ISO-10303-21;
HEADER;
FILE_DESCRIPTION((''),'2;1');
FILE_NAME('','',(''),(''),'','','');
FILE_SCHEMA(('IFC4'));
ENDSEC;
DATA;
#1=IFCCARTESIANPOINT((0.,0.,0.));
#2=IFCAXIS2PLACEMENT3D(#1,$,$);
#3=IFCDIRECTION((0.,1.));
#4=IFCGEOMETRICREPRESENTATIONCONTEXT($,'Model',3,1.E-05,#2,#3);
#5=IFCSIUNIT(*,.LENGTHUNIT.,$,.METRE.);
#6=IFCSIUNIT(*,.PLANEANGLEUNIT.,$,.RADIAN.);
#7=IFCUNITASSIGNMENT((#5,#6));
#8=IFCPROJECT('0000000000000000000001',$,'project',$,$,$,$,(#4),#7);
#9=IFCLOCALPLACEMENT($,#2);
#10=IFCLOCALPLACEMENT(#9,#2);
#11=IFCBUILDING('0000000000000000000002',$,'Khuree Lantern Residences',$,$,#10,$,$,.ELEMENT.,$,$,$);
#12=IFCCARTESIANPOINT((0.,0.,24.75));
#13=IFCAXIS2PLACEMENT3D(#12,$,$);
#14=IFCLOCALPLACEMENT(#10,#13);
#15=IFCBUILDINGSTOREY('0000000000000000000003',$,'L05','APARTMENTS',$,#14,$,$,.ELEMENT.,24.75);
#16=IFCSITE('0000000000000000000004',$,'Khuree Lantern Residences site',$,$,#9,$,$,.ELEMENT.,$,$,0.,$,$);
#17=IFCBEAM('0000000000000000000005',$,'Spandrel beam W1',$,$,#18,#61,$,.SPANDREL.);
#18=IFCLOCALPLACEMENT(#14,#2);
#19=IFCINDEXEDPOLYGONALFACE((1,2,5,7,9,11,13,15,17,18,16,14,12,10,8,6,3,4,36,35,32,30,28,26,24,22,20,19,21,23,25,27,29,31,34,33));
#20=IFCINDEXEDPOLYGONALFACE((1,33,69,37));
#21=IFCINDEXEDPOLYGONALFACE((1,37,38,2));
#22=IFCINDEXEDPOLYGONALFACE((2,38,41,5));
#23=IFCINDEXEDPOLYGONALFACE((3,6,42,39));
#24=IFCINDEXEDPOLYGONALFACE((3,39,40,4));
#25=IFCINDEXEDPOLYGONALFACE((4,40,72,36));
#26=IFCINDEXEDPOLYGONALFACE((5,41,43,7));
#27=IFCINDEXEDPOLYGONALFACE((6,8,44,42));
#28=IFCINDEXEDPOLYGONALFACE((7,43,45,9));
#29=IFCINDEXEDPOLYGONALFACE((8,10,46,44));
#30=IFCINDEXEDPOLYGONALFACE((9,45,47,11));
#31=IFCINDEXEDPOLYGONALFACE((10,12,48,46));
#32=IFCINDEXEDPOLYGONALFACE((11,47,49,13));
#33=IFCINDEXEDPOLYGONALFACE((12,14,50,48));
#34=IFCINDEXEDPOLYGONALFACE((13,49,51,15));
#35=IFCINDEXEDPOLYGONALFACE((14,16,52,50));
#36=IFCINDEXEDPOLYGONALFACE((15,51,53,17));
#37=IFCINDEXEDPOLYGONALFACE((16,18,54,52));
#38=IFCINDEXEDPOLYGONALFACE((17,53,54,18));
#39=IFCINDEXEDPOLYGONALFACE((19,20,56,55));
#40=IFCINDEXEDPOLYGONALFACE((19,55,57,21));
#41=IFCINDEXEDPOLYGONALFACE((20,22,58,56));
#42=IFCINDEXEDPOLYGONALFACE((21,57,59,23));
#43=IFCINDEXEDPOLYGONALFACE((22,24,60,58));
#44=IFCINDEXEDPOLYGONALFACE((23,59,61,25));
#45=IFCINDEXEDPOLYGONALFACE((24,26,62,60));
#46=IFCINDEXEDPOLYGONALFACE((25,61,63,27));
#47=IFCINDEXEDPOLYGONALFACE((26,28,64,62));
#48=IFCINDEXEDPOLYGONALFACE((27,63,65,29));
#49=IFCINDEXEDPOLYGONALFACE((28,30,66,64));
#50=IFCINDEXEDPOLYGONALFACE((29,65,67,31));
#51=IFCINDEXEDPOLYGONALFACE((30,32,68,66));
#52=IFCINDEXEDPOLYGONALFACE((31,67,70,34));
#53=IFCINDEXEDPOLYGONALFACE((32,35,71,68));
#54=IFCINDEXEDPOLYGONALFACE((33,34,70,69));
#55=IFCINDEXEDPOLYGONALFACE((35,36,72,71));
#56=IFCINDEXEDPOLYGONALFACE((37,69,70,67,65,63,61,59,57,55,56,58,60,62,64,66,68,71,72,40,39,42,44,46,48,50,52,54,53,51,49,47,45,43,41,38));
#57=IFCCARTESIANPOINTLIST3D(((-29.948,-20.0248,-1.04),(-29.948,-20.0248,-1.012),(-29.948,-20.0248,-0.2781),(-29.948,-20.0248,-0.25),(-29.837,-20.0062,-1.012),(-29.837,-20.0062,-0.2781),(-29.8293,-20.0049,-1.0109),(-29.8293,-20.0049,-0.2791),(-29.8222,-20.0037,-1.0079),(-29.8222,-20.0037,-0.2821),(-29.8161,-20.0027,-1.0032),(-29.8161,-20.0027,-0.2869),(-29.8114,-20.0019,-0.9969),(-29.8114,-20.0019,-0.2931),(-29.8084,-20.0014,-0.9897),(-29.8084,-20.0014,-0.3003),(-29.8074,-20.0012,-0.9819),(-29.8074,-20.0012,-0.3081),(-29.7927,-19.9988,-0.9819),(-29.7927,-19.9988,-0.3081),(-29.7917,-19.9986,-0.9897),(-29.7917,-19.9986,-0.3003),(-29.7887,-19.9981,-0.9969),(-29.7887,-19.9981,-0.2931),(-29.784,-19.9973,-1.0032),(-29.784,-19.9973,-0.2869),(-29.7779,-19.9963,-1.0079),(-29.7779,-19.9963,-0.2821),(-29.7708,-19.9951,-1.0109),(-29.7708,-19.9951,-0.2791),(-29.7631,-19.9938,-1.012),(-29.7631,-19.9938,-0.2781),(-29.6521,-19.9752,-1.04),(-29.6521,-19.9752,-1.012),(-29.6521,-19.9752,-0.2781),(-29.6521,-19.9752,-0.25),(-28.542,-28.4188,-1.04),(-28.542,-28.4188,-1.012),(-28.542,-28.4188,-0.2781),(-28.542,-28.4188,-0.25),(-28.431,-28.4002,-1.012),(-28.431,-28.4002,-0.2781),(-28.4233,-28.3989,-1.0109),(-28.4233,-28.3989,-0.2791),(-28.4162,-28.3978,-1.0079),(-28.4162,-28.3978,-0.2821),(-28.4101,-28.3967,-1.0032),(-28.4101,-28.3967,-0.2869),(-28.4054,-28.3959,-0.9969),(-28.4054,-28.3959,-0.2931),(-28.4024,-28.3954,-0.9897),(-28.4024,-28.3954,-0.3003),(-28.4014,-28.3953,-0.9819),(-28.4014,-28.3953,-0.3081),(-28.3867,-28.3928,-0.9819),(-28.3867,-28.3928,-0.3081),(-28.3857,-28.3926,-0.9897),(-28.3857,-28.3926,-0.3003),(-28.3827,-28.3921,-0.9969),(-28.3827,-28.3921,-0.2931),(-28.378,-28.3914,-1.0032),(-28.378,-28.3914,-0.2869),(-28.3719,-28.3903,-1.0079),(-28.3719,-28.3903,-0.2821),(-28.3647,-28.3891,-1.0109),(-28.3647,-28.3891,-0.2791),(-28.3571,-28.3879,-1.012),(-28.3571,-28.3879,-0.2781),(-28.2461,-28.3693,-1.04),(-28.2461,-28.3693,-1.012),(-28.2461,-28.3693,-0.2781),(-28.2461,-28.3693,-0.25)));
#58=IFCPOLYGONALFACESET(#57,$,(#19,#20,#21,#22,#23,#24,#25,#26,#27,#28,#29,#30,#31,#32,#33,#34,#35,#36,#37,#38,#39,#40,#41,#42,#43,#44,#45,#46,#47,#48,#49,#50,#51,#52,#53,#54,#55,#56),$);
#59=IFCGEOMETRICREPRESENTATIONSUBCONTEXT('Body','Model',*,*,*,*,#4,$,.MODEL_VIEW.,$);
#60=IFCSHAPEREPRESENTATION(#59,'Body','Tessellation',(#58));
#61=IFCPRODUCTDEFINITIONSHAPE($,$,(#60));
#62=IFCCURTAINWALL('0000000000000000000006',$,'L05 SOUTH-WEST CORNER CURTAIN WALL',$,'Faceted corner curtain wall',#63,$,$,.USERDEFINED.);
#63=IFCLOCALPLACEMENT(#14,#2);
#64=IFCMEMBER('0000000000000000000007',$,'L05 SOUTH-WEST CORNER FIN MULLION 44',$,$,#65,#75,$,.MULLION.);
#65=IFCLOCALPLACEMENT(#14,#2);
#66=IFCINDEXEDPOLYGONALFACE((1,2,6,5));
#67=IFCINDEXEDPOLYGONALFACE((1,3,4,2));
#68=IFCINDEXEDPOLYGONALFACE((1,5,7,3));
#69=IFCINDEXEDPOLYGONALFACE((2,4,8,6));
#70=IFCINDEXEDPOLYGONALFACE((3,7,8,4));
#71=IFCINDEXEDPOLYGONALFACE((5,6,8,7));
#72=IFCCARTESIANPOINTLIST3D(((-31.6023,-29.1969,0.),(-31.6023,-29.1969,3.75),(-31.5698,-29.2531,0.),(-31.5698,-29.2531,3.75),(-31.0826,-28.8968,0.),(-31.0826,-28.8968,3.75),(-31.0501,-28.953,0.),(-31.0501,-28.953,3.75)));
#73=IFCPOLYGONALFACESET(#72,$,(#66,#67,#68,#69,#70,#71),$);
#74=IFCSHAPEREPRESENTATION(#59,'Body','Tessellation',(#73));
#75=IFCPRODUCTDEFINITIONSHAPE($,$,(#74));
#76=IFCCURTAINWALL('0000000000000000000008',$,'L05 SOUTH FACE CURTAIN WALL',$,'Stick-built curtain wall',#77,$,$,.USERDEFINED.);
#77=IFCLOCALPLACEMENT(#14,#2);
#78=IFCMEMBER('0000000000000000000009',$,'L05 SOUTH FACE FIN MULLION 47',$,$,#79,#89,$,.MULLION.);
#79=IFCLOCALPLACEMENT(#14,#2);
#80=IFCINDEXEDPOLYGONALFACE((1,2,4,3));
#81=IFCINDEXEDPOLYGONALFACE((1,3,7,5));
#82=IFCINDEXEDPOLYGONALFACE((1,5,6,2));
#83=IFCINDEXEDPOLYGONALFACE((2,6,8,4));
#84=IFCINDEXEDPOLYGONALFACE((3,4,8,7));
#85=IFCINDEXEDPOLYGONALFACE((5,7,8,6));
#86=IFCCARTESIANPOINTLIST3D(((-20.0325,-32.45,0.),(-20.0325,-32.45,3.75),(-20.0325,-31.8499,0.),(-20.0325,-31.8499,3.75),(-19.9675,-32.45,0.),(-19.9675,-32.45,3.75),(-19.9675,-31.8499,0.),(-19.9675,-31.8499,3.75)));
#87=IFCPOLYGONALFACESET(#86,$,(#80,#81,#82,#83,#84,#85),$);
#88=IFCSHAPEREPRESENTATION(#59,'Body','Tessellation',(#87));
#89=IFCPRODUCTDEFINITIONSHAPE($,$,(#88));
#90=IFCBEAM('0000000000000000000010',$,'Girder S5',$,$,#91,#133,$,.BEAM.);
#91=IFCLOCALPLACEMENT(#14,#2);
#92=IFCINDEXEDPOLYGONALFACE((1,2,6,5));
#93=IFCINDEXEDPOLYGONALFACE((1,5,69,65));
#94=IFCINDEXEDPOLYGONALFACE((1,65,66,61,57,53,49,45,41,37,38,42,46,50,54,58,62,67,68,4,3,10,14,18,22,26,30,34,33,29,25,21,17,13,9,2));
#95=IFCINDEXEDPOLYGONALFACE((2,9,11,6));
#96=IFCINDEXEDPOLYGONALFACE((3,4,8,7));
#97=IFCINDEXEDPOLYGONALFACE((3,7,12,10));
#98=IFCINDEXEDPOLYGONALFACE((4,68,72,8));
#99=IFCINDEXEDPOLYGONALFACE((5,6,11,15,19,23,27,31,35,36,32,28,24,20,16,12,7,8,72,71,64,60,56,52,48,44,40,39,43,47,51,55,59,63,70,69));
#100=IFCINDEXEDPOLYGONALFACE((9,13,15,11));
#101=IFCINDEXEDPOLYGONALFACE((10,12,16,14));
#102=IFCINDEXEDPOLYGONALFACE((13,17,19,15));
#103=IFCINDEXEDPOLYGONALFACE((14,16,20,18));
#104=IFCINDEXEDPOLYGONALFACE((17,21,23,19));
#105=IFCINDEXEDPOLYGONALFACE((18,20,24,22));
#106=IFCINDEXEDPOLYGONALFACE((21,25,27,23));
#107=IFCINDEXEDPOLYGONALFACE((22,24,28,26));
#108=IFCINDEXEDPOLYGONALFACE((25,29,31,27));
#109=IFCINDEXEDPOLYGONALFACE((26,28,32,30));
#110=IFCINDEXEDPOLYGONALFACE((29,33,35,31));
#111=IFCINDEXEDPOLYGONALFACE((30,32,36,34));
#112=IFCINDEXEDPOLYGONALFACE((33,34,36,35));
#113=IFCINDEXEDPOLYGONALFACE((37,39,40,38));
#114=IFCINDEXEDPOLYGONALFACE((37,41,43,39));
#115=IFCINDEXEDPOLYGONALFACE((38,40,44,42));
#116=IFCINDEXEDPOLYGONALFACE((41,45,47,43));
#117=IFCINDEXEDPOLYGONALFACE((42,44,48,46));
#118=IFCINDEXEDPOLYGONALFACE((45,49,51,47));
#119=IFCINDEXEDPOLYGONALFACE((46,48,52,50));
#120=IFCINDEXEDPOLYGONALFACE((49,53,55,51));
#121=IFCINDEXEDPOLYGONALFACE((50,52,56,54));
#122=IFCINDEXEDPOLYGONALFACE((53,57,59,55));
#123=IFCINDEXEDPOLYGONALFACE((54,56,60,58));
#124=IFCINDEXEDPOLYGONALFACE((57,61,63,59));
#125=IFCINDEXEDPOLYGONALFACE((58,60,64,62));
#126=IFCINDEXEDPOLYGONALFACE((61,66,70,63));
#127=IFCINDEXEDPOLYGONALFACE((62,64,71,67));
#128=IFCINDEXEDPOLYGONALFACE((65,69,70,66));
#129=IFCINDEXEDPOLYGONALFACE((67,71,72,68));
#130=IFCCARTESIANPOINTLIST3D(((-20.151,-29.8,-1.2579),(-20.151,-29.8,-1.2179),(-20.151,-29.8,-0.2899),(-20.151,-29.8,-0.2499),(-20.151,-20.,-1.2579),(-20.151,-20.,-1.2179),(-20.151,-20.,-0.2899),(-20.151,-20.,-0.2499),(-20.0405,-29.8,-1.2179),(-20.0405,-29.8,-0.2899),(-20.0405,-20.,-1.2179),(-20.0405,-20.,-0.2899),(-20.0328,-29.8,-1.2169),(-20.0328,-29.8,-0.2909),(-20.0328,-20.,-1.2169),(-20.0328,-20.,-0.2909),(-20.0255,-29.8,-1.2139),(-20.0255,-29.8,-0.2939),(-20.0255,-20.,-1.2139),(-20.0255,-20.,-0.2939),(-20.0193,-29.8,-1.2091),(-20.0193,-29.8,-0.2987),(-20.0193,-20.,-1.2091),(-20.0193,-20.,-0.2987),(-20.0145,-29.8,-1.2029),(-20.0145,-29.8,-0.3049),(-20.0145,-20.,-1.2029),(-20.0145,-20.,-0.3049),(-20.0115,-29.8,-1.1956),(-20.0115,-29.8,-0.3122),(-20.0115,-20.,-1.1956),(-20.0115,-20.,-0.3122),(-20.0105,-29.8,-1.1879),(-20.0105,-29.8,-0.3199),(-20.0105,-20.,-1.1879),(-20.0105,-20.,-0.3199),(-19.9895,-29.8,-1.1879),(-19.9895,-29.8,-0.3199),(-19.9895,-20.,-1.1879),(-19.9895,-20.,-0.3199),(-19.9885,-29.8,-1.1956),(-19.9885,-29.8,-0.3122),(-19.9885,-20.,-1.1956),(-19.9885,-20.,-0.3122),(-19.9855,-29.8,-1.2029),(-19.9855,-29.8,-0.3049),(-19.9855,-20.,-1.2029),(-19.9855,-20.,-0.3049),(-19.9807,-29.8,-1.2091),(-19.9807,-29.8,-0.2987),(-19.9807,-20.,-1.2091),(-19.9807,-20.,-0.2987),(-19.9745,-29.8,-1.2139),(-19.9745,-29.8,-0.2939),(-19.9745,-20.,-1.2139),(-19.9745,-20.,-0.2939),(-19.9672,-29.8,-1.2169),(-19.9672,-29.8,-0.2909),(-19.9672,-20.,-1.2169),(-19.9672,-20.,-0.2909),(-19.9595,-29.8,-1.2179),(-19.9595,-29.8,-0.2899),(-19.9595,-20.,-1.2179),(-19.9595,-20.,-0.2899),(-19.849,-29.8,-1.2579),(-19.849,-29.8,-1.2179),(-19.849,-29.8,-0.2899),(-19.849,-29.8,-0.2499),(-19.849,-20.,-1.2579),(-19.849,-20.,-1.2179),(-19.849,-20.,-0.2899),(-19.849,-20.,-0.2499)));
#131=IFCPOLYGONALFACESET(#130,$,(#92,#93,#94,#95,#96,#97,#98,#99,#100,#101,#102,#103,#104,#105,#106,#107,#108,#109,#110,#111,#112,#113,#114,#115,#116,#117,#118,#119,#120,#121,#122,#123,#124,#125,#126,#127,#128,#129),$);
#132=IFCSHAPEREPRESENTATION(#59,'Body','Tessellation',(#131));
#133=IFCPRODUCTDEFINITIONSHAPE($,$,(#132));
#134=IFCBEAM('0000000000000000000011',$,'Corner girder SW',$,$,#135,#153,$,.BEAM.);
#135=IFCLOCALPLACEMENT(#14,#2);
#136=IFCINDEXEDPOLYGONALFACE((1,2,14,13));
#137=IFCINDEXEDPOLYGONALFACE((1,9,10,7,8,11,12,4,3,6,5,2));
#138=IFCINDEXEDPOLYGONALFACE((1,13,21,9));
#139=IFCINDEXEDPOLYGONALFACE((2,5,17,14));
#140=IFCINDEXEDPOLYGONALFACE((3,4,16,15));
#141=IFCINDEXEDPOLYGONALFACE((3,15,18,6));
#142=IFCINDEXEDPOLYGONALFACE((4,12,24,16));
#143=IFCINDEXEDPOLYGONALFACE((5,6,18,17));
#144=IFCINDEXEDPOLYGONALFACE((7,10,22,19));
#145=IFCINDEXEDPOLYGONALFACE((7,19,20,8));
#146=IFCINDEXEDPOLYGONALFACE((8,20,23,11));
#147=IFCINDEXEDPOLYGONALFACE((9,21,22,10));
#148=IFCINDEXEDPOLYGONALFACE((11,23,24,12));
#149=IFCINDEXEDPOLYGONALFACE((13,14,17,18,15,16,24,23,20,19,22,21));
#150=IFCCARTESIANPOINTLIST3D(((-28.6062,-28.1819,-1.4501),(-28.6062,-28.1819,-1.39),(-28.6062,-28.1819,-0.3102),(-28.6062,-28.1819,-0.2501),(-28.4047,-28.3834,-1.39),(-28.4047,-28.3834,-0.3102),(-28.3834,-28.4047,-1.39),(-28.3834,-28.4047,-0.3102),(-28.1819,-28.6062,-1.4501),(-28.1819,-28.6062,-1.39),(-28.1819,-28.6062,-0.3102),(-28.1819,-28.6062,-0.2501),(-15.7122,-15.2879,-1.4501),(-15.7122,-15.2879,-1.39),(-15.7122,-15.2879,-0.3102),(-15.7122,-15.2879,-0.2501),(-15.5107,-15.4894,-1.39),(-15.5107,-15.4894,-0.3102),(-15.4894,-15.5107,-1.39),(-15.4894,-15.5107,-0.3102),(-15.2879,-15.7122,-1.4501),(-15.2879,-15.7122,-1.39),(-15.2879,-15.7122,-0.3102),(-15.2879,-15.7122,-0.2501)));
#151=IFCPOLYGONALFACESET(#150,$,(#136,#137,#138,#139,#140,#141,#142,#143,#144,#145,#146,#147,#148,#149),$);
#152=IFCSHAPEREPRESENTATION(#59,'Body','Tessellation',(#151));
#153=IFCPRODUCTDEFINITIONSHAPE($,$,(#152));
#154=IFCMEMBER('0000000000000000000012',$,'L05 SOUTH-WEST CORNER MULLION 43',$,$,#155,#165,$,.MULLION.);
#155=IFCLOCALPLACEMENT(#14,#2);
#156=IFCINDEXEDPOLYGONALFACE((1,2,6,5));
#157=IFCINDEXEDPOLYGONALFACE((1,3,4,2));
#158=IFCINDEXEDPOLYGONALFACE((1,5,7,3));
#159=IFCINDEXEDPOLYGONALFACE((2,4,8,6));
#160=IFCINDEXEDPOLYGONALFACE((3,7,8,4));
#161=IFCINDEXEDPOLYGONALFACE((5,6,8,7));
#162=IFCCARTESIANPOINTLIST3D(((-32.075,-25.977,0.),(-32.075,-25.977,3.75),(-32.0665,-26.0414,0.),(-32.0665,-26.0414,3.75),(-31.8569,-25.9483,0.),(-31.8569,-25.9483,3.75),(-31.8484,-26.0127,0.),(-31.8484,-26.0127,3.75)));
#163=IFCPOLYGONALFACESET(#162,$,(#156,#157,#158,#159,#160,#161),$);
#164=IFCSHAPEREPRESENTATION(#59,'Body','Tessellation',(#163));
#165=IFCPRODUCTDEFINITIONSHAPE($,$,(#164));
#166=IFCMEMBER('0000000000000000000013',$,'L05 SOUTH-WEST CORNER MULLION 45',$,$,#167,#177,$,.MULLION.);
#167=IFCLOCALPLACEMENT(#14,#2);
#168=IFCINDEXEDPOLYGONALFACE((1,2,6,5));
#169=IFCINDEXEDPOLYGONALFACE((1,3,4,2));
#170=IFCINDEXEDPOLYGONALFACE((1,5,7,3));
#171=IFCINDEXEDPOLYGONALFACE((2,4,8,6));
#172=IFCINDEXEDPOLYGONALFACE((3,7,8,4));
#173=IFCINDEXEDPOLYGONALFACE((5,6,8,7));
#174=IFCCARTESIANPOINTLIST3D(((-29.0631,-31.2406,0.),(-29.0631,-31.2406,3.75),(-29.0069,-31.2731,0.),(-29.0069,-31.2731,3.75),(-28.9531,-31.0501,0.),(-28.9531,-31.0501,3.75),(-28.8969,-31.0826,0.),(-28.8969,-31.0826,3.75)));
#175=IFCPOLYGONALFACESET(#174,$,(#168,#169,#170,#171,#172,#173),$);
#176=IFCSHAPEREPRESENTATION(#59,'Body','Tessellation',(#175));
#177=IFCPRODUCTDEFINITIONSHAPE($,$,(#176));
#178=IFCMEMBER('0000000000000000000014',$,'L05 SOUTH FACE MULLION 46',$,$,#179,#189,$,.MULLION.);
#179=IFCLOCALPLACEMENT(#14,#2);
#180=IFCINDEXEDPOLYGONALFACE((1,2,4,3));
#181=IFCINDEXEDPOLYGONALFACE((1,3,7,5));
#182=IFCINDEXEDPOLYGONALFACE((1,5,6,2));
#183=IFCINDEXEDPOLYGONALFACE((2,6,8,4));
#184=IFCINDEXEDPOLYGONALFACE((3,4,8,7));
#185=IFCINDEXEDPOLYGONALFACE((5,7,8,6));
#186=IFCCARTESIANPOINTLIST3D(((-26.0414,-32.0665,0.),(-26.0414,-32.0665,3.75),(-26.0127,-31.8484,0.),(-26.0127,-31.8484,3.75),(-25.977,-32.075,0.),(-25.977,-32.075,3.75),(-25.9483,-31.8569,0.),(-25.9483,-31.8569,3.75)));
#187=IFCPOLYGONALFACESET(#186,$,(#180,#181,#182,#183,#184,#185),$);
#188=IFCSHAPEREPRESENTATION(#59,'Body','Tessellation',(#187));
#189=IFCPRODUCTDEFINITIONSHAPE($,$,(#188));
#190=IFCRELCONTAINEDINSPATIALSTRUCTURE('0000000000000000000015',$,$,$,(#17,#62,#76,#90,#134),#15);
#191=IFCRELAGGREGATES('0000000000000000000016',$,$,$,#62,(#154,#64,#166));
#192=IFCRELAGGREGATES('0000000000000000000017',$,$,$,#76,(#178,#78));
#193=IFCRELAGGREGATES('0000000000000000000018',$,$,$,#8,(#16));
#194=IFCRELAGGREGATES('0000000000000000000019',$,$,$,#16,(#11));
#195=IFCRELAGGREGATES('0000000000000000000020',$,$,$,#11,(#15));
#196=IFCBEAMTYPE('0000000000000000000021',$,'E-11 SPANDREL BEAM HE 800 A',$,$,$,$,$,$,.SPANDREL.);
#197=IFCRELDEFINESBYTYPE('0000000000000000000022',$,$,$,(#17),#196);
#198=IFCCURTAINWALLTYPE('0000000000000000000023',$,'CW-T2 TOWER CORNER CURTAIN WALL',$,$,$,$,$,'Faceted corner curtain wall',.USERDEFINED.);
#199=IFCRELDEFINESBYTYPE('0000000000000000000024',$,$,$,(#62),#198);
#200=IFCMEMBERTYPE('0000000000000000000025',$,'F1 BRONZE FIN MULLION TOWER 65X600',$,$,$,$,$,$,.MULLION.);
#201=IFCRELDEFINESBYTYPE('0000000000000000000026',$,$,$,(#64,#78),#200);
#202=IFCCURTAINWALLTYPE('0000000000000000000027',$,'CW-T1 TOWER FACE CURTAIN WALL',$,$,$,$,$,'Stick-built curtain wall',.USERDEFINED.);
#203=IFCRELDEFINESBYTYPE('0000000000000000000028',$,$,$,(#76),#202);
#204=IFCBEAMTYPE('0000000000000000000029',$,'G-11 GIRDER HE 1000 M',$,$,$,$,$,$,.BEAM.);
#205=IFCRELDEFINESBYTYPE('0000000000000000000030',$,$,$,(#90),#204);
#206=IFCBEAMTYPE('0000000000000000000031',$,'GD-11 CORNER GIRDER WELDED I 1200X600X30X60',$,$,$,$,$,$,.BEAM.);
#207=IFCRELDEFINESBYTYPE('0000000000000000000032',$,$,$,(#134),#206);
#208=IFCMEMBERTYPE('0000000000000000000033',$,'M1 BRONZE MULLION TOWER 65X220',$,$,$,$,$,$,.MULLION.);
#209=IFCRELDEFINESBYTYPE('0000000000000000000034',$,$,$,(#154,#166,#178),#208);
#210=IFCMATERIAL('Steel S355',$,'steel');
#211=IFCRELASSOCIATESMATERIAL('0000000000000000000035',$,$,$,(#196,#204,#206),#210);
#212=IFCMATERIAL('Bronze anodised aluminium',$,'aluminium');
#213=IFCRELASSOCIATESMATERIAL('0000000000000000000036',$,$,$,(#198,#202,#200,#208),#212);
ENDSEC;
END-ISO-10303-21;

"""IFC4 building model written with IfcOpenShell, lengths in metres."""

from ifc_helpers import new_model, si_unit, direction, frame, origin, origin_2d, place, context, subcontext, project, spatial, rectangle, i_section, extrude, material, material_profile, profile_set, type_object, element, aggregate, save


model = new_model("IFC4")

# Units and contexts
model_context = context("Model", 3, precision=1e-05, world=origin(), true_north=direction((0.0, 1.0)))
body_context = subcontext(model_context, "Body", "Model", "MODEL_VIEW")
ifc_project = project(units=[si_unit("LENGTHUNIT", "METRE"), si_unit("PLANEANGLEUNIT", "RADIAN")], contexts=[model_context])

# Site, building, storey
site_placement = place(None, origin())
site = spatial("IfcSite", under=ifc_project, at=site_placement, Name="Khuree Lantern Residences site", CompositionType="ELEMENT", RefElevation=0.0)
building_placement = place(site_placement, origin())
building = spatial("IfcBuilding", under=site, at=building_placement, Name="Khuree Lantern Residences", CompositionType="ELEMENT")
storey_placement = place(building_placement, frame((0.0, 0.0, 24.75)))
storey = spatial("IfcBuildingStorey", under=building, at=storey_placement, Name="L05", Description="APARTMENTS", CompositionType="ELEMENT", Elevation=24.75)

# Beam
ifc_material_1 = material(Name="Steel S355", Category="steel")
ifc_material_profile_1 = material_profile(ifc_material_1, i_section(OverallWidth=0.3, OverallDepth=0.79, WebThickness=0.0149, FlangeThickness=0.0281, FilletRadius=0.03, at=origin_2d()), Name="HE 800 A")
ifc_profile_set_1 = profile_set([ifc_material_profile_1], Name="Steel S355")
beam_type_1 = type_object("IfcBeamType", Name="E-11 SPANDREL BEAM HE 800 A", PredefinedType="SPANDREL", material=ifc_profile_set_1)
for number, where, z_axis, x_axis, name in (
    (1, (-28.394, -28.394, -0.645), (-0.165199, 0.98626, 0.0), (-0.98626, -0.165199, 0.0), "Spandrel beam W1"),
):
    element("IfcBeam", number, at=place(storey_placement, frame(where, z_axis=z_axis, x_axis=x_axis)), inside=storey, type_object=beam_type_1, Name=name, PredefinedType="SPANDREL", context=body_context, shape_type="SweptSolid", body=[
        extrude(i_section(OverallWidth=0.3, OverallDepth=0.79, WebThickness=0.0149, FlangeThickness=0.0281, FilletRadius=0.03, at=origin_2d()), origin(), (0.0, 0.0, 1.0), 8.511),
    ])

# Curtain walls, members
ifc_material_2 = material(Name="Bronze anodised aluminium", Category="aluminium")
curtain_wall_type_1 = type_object("IfcCurtainWallType", Name="CW-T2 TOWER CORNER CURTAIN WALL", ElementType="Faceted corner curtain wall", PredefinedType="USERDEFINED", material=ifc_material_2)
curtain_wall_1_placement = place(storey_placement, origin())
curtain_wall_1 = element("IfcCurtainWall", 2, at=curtain_wall_1_placement, inside=storey, type_object=curtain_wall_type_1, Name="L05 SOUTH-WEST CORNER CURTAIN WALL", ObjectType="Faceted corner curtain wall", PredefinedType="USERDEFINED")
ifc_material_profile_2 = material_profile(ifc_material_2, rectangle(XDim=0.0649, YDim=0.6001, at=origin_2d()), Name="F1 65X600")
ifc_profile_set_2 = profile_set([ifc_material_profile_2], Name="Bronze anodised aluminium")
member_type_1 = type_object("IfcMemberType", Name="F1 BRONZE FIN MULLION TOWER 65X600", PredefinedType="MULLION", material=ifc_profile_set_2)
member_1_placement = place(storey_placement, frame((-31.3262, -29.075, 0.0), z_axis=(0.0, 0.0, 1.0), x_axis=(0.5, -0.866025, 0.0)))
member_1 = element("IfcMember", 3, at=member_1_placement, type_object=member_type_1, Name="L05 SOUTH-WEST CORNER FIN MULLION 44", PredefinedType="MULLION", context=body_context, shape_type="SweptSolid", body=[
    extrude(rectangle(XDim=0.0649, YDim=0.6001, at=origin_2d()), origin(), (0.0, 0.0, 1.0), 3.75),
])
curtain_wall_type_2 = type_object("IfcCurtainWallType", Name="CW-T1 TOWER FACE CURTAIN WALL", ElementType="Stick-built curtain wall", PredefinedType="USERDEFINED", material=ifc_material_2)
curtain_wall_2_placement = place(storey_placement, origin())
curtain_wall_2 = element("IfcCurtainWall", 4, at=curtain_wall_2_placement, inside=storey, type_object=curtain_wall_type_2, Name="L05 SOUTH FACE CURTAIN WALL", ObjectType="Stick-built curtain wall", PredefinedType="USERDEFINED")
member_2_placement = place(storey_placement, frame((-20.0, -32.1499, 0.0), z_axis=(0.0, 0.0, 1.0), x_axis=(1.0, 0.0, 0.0)))
member_2 = element("IfcMember", 5, at=member_2_placement, type_object=member_type_1, Name="L05 SOUTH FACE FIN MULLION 47", PredefinedType="MULLION", context=body_context, shape_type="SweptSolid", body=[
    extrude(rectangle(XDim=0.0649, YDim=0.6001, at=origin_2d()), origin(), (0.0, 0.0, 1.0), 3.75),
])

# Beams
ifc_material_profile_3 = material_profile(ifc_material_1, i_section(OverallWidth=0.302, OverallDepth=1.0081, WebThickness=0.021, FlangeThickness=0.04, FilletRadius=0.03, at=origin_2d()), Name="HE 1000 M")
ifc_profile_set_3 = profile_set([ifc_material_profile_3], Name="Steel S355")
beam_type_2 = type_object("IfcBeamType", Name="G-11 GIRDER HE 1000 M", PredefinedType="BEAM", material=ifc_profile_set_3)
beam_1_placement = place(storey_placement, frame((-20.0, -29.8, -0.7539), z_axis=(0.0, 1.0, 0.0), x_axis=(-1.0, 0.0, 0.0)))
element("IfcBeam", 6, at=beam_1_placement, inside=storey, type_object=beam_type_2, Name="Girder S5", PredefinedType="BEAM", context=body_context, shape_type="SweptSolid", body=[
    extrude(i_section(OverallWidth=0.302, OverallDepth=1.0081, WebThickness=0.021, FlangeThickness=0.04, FilletRadius=0.03, at=origin_2d()), origin(), (0.0, 0.0, 1.0), 9.8),
])
ifc_material_profile_4 = material_profile(ifc_material_1, i_section(OverallWidth=0.6001, OverallDepth=1.2, WebThickness=0.03, FlangeThickness=0.0601, at=origin_2d()), Name="WELDED I 1200X600X30X60")
ifc_profile_set_4 = profile_set([ifc_material_profile_4], Name="Steel S355")
beam_type_3 = type_object("IfcBeamType", Name="GD-11 CORNER GIRDER WELDED I 1200X600X30X60", PredefinedType="BEAM", material=ifc_profile_set_4)
beam_2_placement = place(storey_placement, frame((-28.394, -28.394, -0.8501), z_axis=(0.707107, 0.707107, 0.0), x_axis=(-0.707107, 0.707107, 0.0)))
element("IfcBeam", 7, at=beam_2_placement, inside=storey, type_object=beam_type_3, Name="Corner girder SW", PredefinedType="BEAM", context=body_context, shape_type="SweptSolid", body=[
    extrude(i_section(OverallWidth=0.6001, OverallDepth=1.2, WebThickness=0.03, FlangeThickness=0.0601, at=origin_2d()), origin(), (0.0, 0.0, 1.0), 18.2349),
])

# Members
ifc_material_profile_5 = material_profile(ifc_material_2, rectangle(XDim=0.0649, YDim=0.22, at=origin_2d()), Name="M1 65X220")
ifc_profile_set_5 = profile_set([ifc_material_profile_5], Name="Bronze anodised aluminium")
member_type_2 = type_object("IfcMemberType", Name="M1 BRONZE MULLION TOWER 65X220", PredefinedType="MULLION", material=ifc_profile_set_5)
member_3_placement = place(storey_placement, frame((-31.9617, -25.9949, 0.0), z_axis=(0.0, 0.0, 1.0), x_axis=(0.130526, -0.991445, 0.0)))
member_3 = element("IfcMember", 8, at=member_3_placement, type_object=member_type_2, Name="L05 SOUTH-WEST CORNER MULLION 43", PredefinedType="MULLION", context=body_context, shape_type="SweptSolid", body=[
    extrude(rectangle(XDim=0.0649, YDim=0.22, at=origin_2d()), origin(), (0.0, 0.0, 1.0), 3.75),
])
member_4_placement = place(storey_placement, frame((-28.98, -31.1616, 0.0), z_axis=(0.0, 0.0, 1.0), x_axis=(0.866025, -0.5, 0.0)))
member_4 = element("IfcMember", 9, at=member_4_placement, type_object=member_type_2, Name="L05 SOUTH-WEST CORNER MULLION 45", PredefinedType="MULLION", context=body_context, shape_type="SweptSolid", body=[
    extrude(rectangle(XDim=0.0649, YDim=0.22, at=origin_2d()), origin(), (0.0, 0.0, 1.0), 3.75),
])
member_5_placement = place(storey_placement, frame((-25.9949, -31.9617, 0.0), z_axis=(0.0, 0.0, 1.0), x_axis=(0.991445, -0.130526, 0.0)))
member_5 = element("IfcMember", 10, at=member_5_placement, type_object=member_type_2, Name="L05 SOUTH FACE MULLION 46", PredefinedType="MULLION", context=body_context, shape_type="SweptSolid", body=[
    extrude(rectangle(XDim=0.0649, YDim=0.22, at=origin_2d()), origin(), (0.0, 0.0, 1.0), 3.75),
])

aggregate(curtain_wall_1, [member_3, member_1, member_4])
aggregate(curtain_wall_2, [member_5, member_2])

save(model, "model.ifc")
